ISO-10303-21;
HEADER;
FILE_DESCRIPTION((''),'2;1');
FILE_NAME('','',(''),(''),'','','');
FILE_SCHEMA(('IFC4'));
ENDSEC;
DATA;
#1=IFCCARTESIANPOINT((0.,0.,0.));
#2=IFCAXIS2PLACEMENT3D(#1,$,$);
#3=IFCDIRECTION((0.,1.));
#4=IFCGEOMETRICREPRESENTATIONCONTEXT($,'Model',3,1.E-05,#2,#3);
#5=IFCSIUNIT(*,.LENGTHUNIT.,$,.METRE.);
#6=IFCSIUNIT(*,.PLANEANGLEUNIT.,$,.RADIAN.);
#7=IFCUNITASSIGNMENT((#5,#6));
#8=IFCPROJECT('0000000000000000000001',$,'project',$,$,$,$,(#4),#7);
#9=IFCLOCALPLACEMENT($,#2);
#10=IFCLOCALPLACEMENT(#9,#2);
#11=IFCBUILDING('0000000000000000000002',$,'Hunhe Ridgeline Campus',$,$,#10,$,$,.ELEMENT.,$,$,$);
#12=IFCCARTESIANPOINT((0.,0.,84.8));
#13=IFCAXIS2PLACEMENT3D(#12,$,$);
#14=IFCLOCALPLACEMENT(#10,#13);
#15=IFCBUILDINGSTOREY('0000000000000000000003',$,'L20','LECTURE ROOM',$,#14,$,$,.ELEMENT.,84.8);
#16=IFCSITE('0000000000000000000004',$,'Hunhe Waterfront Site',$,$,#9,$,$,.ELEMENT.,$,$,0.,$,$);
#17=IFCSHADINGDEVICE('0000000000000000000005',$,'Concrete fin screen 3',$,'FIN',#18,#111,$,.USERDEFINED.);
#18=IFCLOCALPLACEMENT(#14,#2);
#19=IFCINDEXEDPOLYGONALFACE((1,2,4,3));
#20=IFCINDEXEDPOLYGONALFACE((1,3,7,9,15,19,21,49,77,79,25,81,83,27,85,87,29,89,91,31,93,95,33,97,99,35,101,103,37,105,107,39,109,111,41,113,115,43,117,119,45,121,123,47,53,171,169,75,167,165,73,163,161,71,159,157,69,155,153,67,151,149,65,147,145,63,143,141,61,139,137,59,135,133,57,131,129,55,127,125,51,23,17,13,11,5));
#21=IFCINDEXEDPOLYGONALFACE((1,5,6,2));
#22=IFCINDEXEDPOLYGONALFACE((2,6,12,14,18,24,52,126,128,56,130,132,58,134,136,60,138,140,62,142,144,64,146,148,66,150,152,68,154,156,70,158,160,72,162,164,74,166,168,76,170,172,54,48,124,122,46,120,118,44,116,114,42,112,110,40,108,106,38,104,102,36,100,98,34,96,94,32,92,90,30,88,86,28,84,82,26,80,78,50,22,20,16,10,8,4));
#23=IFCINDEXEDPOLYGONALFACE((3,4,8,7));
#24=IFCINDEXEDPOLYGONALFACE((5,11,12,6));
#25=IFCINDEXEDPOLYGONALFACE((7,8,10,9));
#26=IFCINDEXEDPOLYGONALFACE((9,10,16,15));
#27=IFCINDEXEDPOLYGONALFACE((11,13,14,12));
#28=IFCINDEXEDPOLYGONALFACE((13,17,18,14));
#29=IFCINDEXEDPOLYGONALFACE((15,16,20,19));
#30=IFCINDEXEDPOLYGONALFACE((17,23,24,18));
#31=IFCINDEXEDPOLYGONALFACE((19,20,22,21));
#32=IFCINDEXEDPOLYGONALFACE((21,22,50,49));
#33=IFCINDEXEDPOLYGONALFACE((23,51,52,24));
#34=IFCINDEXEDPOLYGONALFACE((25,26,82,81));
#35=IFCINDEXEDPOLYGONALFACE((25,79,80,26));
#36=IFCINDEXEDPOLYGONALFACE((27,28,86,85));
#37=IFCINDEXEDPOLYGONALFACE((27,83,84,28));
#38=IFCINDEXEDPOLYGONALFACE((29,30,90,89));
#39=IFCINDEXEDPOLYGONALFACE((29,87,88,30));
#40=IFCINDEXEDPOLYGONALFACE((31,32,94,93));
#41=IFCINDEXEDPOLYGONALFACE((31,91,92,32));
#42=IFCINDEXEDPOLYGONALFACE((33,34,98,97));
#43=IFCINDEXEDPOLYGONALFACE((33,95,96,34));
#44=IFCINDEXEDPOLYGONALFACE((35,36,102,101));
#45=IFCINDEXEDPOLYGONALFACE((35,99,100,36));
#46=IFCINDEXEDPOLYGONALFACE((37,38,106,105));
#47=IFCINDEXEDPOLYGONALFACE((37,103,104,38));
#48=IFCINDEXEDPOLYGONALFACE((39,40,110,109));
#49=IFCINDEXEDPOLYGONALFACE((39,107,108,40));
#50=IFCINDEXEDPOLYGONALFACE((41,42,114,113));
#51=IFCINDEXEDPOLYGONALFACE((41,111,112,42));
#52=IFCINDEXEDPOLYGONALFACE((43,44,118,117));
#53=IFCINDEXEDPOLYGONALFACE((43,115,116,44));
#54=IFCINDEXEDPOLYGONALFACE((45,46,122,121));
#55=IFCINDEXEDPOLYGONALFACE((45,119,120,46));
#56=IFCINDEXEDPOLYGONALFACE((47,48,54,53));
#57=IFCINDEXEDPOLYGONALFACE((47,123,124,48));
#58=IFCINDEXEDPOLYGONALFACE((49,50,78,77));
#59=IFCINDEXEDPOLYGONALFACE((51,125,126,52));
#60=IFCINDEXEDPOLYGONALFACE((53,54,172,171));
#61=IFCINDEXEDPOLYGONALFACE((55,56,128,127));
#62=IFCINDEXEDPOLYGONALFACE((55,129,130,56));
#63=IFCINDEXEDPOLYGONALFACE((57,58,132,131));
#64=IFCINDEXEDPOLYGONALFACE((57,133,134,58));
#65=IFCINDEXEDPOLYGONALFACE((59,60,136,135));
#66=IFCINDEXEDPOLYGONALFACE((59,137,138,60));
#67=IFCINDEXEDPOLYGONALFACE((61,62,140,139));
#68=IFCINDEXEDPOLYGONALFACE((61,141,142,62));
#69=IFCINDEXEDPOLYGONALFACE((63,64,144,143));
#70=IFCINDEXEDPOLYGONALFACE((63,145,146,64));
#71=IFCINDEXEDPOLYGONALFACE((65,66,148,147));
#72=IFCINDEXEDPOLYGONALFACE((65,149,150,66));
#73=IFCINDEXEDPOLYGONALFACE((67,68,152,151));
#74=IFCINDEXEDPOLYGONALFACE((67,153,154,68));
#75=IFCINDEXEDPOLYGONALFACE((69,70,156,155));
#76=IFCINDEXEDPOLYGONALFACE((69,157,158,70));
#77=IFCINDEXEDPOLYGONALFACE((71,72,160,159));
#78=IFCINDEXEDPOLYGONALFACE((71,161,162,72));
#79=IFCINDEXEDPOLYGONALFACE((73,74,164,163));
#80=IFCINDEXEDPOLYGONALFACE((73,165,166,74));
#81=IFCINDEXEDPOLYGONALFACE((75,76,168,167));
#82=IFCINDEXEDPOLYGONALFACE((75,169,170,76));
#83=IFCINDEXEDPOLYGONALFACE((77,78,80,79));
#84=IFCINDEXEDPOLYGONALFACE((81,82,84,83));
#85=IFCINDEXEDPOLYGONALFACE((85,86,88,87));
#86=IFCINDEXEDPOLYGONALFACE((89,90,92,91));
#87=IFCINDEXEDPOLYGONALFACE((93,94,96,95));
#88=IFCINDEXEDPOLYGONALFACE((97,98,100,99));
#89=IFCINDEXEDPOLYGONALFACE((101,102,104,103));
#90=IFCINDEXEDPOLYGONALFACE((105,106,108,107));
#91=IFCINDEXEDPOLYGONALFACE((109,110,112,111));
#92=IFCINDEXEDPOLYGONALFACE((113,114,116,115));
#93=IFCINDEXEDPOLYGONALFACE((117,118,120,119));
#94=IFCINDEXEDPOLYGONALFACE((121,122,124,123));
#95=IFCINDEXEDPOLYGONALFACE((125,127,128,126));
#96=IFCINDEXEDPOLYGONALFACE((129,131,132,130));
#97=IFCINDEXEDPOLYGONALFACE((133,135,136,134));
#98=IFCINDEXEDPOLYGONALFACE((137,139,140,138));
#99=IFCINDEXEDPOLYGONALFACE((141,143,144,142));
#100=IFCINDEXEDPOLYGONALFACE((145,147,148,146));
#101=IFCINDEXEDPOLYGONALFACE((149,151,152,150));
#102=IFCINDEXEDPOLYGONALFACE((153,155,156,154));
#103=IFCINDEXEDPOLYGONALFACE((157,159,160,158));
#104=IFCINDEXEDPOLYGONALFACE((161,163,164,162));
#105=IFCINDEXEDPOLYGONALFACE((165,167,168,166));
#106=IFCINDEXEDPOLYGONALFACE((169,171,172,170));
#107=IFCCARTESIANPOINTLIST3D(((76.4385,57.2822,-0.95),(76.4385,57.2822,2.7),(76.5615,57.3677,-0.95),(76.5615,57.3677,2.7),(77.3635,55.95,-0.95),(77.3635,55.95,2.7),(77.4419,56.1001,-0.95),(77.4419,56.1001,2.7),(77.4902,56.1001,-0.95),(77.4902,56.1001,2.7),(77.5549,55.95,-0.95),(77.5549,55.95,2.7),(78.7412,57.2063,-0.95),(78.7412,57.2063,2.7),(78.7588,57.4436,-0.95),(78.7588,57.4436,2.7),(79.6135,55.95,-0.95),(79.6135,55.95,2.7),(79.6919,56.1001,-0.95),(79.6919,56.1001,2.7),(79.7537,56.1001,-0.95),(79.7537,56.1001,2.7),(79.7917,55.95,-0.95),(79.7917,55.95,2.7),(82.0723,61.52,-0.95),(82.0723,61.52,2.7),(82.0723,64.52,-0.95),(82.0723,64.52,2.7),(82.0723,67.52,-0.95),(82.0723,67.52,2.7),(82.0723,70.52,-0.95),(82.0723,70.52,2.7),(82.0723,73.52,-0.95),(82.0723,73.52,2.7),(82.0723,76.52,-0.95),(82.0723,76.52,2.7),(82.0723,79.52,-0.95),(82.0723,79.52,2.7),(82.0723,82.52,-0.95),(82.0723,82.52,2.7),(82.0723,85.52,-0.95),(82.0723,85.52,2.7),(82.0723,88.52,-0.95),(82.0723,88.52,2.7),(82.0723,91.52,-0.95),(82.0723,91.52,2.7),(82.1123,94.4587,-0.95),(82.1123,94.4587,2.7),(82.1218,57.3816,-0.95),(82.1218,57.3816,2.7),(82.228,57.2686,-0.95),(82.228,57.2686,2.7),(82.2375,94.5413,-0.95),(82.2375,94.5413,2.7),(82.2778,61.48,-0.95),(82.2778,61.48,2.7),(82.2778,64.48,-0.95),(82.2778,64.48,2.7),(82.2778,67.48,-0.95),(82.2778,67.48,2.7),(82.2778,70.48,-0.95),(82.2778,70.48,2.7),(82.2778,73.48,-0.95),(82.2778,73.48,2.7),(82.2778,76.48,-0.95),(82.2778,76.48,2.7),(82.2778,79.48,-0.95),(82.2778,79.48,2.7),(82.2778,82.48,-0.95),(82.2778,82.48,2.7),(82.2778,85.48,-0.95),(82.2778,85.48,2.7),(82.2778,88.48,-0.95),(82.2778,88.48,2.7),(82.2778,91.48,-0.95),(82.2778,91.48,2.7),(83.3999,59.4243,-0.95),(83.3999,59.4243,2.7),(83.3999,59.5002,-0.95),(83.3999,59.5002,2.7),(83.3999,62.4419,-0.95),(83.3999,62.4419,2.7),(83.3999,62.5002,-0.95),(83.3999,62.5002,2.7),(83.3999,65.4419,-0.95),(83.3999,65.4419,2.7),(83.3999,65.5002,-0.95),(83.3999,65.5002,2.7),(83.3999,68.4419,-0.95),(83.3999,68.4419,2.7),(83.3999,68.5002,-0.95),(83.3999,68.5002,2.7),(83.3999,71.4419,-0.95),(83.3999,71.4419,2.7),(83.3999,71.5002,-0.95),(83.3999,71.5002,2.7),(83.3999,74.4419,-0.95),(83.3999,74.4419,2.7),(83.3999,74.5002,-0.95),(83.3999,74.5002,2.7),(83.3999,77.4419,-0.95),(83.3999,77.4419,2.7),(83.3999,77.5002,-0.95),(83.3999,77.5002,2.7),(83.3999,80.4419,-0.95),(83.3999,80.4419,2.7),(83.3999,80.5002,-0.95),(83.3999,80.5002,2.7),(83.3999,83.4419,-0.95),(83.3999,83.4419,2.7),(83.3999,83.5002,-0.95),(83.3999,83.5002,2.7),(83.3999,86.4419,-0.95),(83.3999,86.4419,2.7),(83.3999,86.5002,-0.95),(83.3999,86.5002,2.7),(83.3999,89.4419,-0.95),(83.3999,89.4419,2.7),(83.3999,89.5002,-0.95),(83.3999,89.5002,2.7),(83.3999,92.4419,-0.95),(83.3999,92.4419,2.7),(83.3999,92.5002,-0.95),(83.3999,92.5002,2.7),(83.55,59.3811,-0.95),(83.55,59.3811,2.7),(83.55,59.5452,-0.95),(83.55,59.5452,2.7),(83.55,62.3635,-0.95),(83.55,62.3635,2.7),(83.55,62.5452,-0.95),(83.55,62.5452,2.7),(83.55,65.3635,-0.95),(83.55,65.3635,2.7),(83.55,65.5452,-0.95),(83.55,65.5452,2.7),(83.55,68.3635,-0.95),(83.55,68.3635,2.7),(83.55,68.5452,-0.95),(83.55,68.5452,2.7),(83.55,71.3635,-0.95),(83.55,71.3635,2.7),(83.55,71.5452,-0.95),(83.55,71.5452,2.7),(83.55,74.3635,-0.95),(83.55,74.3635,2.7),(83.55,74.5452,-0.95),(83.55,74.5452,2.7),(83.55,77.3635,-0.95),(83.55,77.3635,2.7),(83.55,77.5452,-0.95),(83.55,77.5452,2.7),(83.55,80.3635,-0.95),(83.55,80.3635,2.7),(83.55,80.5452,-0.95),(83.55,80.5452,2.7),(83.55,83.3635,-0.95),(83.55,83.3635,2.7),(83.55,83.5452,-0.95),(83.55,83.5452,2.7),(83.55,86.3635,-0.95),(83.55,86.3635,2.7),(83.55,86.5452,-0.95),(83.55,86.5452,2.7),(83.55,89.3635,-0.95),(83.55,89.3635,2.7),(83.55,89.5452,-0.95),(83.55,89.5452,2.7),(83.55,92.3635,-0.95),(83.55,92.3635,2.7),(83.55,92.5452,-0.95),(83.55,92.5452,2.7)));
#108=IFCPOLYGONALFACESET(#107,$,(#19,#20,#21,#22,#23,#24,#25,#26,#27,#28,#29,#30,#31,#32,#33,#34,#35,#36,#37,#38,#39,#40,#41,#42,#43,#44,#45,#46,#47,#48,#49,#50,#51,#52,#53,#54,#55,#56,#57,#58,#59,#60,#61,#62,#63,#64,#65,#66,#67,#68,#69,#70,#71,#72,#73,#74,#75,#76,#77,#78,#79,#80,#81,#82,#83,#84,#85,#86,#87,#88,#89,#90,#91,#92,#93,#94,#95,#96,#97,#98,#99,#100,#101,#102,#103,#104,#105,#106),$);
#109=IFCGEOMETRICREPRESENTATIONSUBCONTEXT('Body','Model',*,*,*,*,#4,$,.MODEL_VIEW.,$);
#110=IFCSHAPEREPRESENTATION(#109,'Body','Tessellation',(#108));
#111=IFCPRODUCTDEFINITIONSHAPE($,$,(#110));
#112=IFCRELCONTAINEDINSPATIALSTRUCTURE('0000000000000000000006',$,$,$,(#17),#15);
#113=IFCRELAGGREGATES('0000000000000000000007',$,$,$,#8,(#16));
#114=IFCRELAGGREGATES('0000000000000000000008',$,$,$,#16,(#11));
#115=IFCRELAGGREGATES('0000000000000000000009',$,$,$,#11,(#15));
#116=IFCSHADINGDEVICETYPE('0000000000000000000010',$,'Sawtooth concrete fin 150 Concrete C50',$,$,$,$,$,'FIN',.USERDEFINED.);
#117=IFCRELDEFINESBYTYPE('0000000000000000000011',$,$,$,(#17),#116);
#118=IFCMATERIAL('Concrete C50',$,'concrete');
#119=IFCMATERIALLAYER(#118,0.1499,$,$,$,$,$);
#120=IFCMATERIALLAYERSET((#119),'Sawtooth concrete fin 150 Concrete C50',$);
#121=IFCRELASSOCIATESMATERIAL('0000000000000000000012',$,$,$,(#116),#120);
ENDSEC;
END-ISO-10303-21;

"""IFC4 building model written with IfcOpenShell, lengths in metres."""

from ifc_helpers import new_model, si_unit, direction, frame, origin, place, context, subcontext, project, spatial, polyline, outline, extrude, material, layer, layer_set, type_object, element, save


model = new_model("IFC4")

# Units and contexts
model_context = context("Model", 3, precision=1e-05, world=origin(), true_north=direction((0.0, 1.0)))
body_context = subcontext(model_context, "Body", "Model", "MODEL_VIEW")
ifc_project = project(units=[si_unit("LENGTHUNIT", "METRE"), si_unit("PLANEANGLEUNIT", "RADIAN")], contexts=[model_context])

# Site, building, storey
site_placement = place(None, origin())
site = spatial("IfcSite", under=ifc_project, at=site_placement, Name="Hunhe Waterfront Site", CompositionType="ELEMENT", RefElevation=0.0)
building_placement = place(site_placement, origin())
building = spatial("IfcBuilding", under=site, at=building_placement, Name="Hunhe Ridgeline Campus", CompositionType="ELEMENT")
storey_placement = place(building_placement, frame((0.0, 0.0, 84.8)))
storey = spatial("IfcBuildingStorey", under=building, at=storey_placement, Name="L20", Description="LECTURE ROOM", CompositionType="ELEMENT", Elevation=84.8)

# Shading device
ifc_material_1 = material(Name="Concrete C50", Category="concrete")
ifc_layer_1 = layer(ifc_material_1, 0.1499)
ifc_layer_set_1 = layer_set([ifc_layer_1], Name="Sawtooth concrete fin 150 Concrete C50")
shading_device_type = type_object("IfcShadingDeviceType", Name="Sawtooth concrete fin 150 Concrete C50", ElementType="FIN", PredefinedType="USERDEFINED", material=ifc_layer_set_1)
shading_device_1_placement = place(storey_placement, frame((0.0, 0.0, -0.95)))
element("IfcShadingDevice", 1, at=shading_device_1_placement, inside=storey, type_object=shading_device_type, Name="Concrete fin screen 3", ObjectType="FIN", PredefinedType="USERDEFINED", context=body_context, shape_type="SweptSolid", body=[
    extrude(outline(polyline([(76.5615, 57.3677), (76.4385, 57.2822), (77.3635, 55.95), (77.5549, 55.95), (78.7412, 57.2063), (79.6135, 55.95), (79.7917, 55.95), (82.228, 57.2686), (83.55, 59.3811), (83.55, 59.5452), (82.2778, 61.48), (83.55, 62.3635), (83.55, 62.5452), (82.2778, 64.48), (83.55, 65.3635), (83.55, 65.5452), (82.2778, 67.48), (83.55, 68.3635), (83.55, 68.5452), (82.2778, 70.48), (83.55, 71.3635), (83.55, 71.5452), (82.2778, 73.48), (83.55, 74.3635), (83.55, 74.5452), (82.2778, 76.48), (83.55, 77.3635), (83.55, 77.5452), (82.2778, 79.48), (83.55, 80.3635), (83.55, 80.5452), (82.2778, 82.48), (83.55, 83.3635), (83.55, 83.5452), (82.2778, 85.48), (83.55, 86.3635), (83.55, 86.5452), (82.2778, 88.48), (83.55, 89.3635), (83.55, 89.5452), (82.2778, 91.48), (83.55, 92.3635), (83.55, 92.5452), (82.2375, 94.5413), (82.1123, 94.4587), (83.3999, 92.5002), (83.3999, 92.4419), (82.0723, 91.52), (83.3999, 89.5002), (83.3999, 89.4419), (82.0723, 88.52), (83.3999, 86.5002), (83.3999, 86.4419), (82.0723, 85.52), (83.3999, 83.5002), (83.3999, 83.4419), (82.0723, 82.52), (83.3999, 80.5002), (83.3999, 80.4419), (82.0723, 79.52), (83.3999, 77.5002), (83.3999, 77.4419), (82.0723, 76.52), (83.3999, 74.5002), (83.3999, 74.4419), (82.0723, 73.52), (83.3999, 71.5002), (83.3999, 71.4419), (82.0723, 70.52), (83.3999, 68.5002), (83.3999, 68.4419), (82.0723, 67.52), (83.3999, 65.5002), (83.3999, 65.4419), (82.0723, 64.52), (83.3999, 62.5002), (83.3999, 62.4419), (82.0723, 61.52), (83.3999, 59.5002), (83.3999, 59.4243), (82.1218, 57.3816), (79.7537, 56.1001), (79.6919, 56.1001), (78.7588, 57.4436), (77.4902, 56.1001), (77.4419, 56.1001), (76.5615, 57.3677)])), origin(), (0.0, 0.0, 1.0), 3.6499),
])

save(model, "model.ifc")
